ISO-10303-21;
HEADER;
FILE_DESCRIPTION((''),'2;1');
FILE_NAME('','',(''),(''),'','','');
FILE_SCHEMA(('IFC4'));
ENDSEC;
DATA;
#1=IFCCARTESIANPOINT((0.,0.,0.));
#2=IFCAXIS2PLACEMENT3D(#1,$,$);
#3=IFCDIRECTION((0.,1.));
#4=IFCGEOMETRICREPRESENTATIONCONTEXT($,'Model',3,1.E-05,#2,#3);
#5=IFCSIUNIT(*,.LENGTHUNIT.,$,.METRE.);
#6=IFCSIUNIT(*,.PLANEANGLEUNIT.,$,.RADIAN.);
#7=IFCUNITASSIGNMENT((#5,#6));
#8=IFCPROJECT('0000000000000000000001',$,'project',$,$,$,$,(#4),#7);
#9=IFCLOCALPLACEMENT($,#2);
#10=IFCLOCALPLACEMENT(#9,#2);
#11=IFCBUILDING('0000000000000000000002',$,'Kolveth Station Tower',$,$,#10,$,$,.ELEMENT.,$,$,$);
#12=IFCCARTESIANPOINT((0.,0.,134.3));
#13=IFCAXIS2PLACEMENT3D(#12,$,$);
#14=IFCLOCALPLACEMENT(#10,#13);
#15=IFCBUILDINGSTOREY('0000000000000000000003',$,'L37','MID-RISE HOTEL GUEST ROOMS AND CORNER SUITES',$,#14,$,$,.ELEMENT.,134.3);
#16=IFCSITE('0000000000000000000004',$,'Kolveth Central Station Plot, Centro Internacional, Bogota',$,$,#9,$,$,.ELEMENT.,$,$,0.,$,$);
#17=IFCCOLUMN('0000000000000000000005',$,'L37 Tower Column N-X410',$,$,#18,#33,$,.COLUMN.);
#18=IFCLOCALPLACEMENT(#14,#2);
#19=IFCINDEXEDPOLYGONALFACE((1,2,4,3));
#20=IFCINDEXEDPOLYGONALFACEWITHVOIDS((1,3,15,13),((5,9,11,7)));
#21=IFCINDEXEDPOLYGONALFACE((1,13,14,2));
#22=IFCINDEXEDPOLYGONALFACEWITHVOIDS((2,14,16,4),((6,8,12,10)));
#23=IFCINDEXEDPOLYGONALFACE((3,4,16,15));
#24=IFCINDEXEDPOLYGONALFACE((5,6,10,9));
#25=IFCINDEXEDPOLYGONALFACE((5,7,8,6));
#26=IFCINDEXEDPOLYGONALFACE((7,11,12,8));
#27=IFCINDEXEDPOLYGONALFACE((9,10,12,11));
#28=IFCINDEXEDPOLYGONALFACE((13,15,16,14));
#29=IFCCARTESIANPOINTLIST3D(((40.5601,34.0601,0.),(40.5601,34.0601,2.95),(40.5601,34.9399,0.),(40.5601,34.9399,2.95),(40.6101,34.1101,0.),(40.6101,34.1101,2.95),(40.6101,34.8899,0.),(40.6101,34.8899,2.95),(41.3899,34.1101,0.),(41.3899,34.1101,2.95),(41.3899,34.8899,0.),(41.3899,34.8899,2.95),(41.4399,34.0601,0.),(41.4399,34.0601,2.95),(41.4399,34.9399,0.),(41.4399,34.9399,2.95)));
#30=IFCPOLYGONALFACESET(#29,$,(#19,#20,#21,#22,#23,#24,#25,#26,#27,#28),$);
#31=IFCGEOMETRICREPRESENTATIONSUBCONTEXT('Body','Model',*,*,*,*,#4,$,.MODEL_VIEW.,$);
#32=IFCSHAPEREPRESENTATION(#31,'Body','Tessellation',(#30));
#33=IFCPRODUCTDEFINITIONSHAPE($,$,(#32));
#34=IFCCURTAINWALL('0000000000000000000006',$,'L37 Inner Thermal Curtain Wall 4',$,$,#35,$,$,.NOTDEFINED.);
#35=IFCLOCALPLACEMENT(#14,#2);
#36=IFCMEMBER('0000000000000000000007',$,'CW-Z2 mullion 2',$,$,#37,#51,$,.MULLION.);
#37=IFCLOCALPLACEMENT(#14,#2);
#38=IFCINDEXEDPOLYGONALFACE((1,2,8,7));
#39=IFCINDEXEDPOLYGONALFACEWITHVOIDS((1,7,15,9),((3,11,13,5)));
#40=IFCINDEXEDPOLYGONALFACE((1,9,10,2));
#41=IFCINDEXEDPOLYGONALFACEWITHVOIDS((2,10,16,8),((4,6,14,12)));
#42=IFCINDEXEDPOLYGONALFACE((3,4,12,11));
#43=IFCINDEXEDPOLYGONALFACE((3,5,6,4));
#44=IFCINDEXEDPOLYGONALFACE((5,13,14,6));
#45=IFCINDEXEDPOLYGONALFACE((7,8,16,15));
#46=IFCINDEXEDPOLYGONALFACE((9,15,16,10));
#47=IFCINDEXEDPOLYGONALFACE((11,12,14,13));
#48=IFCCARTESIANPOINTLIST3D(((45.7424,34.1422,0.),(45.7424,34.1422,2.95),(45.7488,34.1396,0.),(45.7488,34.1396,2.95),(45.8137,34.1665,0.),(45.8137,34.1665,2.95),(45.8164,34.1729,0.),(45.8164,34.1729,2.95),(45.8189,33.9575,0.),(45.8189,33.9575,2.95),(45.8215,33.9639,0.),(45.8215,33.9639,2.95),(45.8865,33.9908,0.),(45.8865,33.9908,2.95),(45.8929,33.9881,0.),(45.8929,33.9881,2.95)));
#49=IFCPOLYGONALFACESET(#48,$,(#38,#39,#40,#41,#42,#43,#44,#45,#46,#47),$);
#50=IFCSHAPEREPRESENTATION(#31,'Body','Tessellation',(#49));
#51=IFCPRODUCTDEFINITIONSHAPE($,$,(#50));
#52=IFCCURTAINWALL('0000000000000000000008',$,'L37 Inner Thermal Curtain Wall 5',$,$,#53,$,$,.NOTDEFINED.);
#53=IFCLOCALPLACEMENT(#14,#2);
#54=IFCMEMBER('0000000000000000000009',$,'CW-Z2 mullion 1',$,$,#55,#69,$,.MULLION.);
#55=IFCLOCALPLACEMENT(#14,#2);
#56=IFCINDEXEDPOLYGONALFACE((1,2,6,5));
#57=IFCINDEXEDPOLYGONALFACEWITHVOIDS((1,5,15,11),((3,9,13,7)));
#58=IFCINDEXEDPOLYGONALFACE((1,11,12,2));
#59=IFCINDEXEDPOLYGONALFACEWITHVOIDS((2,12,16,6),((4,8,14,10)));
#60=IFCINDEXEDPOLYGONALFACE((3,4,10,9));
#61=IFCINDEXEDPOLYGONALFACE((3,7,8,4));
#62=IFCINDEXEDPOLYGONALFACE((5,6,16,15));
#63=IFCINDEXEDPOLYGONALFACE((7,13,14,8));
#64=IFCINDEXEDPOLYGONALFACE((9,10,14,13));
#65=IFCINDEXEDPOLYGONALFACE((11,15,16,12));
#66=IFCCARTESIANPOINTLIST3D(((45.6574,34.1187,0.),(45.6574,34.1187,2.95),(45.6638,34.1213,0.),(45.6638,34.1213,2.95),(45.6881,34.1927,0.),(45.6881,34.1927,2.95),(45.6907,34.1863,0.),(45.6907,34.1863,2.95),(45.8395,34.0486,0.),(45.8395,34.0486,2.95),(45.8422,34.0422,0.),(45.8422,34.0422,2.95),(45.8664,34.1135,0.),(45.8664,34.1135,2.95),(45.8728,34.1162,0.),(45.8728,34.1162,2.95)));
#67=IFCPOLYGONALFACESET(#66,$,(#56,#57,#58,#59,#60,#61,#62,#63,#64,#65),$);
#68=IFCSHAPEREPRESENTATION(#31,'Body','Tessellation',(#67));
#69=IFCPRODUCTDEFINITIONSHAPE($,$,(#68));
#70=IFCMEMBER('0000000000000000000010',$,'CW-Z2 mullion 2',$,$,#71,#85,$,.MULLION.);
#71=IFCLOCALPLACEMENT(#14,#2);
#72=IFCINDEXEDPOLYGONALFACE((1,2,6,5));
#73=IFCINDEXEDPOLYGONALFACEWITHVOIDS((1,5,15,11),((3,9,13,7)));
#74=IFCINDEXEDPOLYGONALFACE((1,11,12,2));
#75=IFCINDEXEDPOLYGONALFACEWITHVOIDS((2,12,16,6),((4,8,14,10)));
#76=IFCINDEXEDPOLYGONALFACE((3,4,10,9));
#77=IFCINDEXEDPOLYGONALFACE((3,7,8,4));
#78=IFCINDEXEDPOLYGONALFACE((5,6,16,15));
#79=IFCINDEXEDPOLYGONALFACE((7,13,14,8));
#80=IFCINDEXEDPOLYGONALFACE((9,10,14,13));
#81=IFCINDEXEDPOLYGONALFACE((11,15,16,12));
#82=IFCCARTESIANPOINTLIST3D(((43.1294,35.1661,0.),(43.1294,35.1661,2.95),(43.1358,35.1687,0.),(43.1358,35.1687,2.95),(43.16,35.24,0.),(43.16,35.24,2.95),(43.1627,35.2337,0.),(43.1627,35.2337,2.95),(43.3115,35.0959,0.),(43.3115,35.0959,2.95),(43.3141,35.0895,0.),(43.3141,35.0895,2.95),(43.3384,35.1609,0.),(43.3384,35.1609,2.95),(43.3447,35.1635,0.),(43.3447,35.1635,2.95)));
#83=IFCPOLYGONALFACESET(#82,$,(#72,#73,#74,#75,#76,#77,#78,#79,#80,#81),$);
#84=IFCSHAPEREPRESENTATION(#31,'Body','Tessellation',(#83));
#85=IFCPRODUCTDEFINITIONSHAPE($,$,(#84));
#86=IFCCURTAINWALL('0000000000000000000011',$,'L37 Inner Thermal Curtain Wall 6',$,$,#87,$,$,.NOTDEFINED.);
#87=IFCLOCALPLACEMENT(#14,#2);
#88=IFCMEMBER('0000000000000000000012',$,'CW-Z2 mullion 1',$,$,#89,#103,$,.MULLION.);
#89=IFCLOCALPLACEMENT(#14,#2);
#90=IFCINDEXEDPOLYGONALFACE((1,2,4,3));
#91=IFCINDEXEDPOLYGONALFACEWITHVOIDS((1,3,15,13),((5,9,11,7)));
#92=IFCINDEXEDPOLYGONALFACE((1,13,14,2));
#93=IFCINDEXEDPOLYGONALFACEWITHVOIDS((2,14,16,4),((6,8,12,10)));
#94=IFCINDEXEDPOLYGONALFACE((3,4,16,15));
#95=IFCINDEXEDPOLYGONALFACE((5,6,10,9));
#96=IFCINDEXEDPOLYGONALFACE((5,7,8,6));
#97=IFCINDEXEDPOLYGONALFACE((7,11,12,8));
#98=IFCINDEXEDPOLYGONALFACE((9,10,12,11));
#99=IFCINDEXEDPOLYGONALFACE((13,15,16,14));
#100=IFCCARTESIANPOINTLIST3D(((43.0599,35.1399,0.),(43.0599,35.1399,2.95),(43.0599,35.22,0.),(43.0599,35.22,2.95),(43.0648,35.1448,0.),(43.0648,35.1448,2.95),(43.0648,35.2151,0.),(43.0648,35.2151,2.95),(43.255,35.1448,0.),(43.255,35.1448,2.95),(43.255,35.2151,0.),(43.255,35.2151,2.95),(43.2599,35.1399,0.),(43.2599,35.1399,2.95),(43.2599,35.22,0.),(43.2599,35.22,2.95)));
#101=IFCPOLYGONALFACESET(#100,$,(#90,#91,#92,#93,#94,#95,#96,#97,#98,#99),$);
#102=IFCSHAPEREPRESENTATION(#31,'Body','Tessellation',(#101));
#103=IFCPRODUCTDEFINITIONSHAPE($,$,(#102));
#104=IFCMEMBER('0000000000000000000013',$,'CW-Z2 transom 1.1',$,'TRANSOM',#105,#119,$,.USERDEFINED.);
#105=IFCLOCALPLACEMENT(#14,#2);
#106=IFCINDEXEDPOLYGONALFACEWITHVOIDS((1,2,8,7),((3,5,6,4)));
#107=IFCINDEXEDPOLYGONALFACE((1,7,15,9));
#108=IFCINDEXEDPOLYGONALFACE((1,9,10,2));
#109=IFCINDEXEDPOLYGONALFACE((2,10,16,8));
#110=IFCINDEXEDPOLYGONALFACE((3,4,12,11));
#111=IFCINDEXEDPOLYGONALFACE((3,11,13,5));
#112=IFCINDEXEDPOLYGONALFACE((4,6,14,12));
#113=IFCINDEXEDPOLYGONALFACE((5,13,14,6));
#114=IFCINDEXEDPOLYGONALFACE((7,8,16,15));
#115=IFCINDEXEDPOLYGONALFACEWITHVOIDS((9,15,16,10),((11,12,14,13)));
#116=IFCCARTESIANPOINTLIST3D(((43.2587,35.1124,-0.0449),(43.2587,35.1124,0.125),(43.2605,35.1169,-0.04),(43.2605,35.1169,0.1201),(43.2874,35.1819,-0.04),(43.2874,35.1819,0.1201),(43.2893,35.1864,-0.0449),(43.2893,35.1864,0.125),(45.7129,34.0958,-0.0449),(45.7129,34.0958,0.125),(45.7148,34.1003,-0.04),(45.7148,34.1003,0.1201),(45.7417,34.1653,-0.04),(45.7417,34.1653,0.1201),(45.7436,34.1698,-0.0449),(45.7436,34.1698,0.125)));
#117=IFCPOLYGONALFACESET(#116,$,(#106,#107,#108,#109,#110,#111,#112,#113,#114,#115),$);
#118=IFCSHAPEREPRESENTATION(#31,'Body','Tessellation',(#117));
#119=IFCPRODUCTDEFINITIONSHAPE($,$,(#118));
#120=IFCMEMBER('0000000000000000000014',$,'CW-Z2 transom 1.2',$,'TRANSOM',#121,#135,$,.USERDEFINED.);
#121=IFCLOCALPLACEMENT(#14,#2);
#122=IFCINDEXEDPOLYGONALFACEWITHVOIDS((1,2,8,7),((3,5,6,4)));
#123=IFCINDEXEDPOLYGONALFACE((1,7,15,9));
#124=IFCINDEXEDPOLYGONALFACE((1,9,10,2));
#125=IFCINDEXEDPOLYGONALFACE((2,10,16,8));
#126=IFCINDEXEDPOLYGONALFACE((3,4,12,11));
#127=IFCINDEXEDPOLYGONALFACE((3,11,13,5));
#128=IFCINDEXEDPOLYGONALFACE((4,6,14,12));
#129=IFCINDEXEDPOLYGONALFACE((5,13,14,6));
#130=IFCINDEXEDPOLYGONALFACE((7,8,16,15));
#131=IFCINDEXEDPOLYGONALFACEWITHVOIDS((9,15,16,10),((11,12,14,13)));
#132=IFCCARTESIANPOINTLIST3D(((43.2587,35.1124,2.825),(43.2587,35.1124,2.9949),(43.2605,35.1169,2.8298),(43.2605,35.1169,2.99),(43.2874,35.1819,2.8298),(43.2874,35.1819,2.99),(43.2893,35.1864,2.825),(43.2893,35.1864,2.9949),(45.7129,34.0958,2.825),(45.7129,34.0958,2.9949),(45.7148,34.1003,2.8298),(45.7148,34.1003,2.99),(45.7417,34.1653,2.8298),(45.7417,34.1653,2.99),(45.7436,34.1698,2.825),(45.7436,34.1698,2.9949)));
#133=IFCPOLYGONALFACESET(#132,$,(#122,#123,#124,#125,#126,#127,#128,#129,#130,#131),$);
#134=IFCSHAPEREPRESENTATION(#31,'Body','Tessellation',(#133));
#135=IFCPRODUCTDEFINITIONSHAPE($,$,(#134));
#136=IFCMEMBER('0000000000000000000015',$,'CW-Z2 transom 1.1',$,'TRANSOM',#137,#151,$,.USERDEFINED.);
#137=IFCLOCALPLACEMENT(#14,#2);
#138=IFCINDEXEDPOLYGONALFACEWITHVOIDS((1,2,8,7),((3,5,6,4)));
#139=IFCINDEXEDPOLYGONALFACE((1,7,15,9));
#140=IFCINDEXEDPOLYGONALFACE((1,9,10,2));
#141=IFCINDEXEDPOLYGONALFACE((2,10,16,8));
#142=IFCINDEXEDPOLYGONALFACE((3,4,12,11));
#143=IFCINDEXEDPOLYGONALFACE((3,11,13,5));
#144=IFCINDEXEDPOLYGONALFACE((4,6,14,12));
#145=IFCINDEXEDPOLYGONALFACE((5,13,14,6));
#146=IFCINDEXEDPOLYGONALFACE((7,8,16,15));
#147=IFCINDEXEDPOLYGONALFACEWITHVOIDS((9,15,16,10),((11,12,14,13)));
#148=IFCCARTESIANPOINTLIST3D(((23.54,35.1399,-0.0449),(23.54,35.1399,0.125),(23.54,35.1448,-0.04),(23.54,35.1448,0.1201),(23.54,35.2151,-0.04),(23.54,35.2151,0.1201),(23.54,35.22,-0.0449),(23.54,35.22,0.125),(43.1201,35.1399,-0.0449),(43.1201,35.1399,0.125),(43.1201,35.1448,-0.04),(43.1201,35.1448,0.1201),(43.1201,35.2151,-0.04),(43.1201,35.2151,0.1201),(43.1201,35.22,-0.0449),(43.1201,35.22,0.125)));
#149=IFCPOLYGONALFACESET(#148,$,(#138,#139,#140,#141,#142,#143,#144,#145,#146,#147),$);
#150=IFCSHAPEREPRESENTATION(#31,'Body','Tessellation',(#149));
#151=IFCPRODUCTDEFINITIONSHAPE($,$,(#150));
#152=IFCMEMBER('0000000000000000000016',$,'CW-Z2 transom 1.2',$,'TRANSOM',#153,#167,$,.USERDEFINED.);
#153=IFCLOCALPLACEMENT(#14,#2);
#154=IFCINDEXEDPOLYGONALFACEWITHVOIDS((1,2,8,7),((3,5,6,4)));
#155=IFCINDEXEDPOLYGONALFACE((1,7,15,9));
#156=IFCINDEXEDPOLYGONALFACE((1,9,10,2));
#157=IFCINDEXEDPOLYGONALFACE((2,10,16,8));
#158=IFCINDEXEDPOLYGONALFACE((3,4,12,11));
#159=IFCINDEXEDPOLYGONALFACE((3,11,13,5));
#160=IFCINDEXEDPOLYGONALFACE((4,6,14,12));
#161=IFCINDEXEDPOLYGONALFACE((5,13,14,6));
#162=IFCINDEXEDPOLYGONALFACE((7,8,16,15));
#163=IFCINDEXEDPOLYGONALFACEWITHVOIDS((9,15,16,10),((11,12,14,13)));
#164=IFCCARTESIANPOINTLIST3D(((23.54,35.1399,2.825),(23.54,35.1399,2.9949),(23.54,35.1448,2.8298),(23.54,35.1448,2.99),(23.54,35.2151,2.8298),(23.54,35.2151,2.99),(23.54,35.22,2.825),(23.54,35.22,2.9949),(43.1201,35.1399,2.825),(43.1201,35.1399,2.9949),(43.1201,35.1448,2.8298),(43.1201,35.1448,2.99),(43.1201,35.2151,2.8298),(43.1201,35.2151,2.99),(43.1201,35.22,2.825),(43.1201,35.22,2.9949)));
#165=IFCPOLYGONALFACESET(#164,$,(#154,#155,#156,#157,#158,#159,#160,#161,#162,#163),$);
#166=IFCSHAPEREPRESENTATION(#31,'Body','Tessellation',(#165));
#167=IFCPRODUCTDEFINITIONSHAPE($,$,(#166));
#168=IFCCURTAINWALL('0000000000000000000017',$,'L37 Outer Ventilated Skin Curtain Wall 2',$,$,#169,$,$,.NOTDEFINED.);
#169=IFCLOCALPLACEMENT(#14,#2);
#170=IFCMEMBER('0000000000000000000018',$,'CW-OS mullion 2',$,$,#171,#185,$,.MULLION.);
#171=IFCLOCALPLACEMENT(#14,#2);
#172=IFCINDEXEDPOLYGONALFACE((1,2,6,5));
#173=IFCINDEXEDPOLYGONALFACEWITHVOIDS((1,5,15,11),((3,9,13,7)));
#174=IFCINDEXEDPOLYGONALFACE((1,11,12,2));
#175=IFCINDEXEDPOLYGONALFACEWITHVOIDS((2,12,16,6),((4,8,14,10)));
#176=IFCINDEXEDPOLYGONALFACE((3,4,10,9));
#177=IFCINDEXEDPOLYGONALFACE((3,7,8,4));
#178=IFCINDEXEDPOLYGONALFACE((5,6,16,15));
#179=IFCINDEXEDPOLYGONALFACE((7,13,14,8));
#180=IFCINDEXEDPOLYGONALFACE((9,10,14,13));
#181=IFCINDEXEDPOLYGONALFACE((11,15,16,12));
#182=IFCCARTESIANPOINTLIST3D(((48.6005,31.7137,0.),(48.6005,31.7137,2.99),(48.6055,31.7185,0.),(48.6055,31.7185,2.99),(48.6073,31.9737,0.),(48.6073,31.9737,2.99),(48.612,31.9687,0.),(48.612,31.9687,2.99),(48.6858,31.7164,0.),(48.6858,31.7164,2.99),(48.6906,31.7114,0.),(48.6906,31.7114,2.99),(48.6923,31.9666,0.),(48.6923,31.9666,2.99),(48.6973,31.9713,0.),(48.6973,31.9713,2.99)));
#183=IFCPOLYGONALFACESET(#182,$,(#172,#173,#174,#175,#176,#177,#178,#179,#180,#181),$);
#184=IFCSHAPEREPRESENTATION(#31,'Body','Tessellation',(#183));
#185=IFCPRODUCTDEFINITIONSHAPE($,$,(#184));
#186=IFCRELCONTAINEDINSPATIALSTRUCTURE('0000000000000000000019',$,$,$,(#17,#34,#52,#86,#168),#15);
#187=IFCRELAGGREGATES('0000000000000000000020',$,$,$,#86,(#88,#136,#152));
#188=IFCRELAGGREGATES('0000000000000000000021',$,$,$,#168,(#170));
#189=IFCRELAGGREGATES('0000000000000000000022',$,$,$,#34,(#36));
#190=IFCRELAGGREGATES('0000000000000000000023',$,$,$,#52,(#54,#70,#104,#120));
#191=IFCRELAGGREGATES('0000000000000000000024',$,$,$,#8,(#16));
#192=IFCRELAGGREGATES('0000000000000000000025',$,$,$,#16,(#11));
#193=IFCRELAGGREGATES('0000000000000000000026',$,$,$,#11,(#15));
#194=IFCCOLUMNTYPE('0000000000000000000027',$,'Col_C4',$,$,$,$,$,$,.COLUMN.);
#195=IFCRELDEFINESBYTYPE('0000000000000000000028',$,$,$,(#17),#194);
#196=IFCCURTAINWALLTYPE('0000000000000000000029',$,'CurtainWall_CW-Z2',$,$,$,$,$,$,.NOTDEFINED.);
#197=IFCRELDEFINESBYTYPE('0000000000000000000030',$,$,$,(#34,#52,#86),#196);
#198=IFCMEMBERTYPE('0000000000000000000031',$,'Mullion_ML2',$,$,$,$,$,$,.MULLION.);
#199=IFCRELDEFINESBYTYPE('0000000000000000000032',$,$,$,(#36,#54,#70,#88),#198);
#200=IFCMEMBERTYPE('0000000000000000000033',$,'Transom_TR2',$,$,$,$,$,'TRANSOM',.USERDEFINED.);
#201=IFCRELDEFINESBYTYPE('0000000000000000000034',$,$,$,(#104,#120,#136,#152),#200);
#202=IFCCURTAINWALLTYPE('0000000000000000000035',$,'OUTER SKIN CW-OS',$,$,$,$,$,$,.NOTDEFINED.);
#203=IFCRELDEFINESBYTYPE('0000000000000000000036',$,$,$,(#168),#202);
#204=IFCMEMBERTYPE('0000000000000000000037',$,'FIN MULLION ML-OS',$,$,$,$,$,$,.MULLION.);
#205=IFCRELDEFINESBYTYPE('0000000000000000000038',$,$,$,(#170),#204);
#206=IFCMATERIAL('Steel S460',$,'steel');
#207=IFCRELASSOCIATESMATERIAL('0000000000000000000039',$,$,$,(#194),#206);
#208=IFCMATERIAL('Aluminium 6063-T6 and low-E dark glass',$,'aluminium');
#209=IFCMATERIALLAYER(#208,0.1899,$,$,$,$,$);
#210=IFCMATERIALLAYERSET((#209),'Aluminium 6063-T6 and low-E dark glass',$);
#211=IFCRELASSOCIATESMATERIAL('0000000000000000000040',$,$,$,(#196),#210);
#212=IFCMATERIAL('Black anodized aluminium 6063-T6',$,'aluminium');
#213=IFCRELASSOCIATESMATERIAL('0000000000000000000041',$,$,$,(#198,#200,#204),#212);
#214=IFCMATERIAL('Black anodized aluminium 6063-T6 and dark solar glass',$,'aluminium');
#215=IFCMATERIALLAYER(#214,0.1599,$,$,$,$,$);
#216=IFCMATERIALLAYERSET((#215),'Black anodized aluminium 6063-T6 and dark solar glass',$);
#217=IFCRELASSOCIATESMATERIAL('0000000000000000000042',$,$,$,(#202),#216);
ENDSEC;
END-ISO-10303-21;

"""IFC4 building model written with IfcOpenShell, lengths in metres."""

from ifc_helpers import new_model, si_unit, direction, frame, origin, origin_2d, place, context, subcontext, project, spatial, hollow_rectangle, extrude, source, transform, mapped, material, layer, layer_set, material_profile, profile_set, type_object, element, aggregate, save


model = new_model("IFC4")

# Units and contexts
model_context = context("Model", 3, precision=1e-05, world=origin(), true_north=direction((0.0, 1.0)))
body_context = subcontext(model_context, "Body", "Model", "MODEL_VIEW")
ifc_project = project(units=[si_unit("LENGTHUNIT", "METRE"), si_unit("PLANEANGLEUNIT", "RADIAN")], contexts=[model_context])

# Site, building, storey
site_placement = place(None, origin())
site = spatial("IfcSite", under=ifc_project, at=site_placement, Name="Kolveth Central Station Plot, Centro Internacional, Bogota", CompositionType="ELEMENT", RefElevation=0.0)
building_placement = place(site_placement, origin())
building = spatial("IfcBuilding", under=site, at=building_placement, Name="Kolveth Station Tower", CompositionType="ELEMENT")
storey_placement = place(building_placement, frame((0.0, 0.0, 134.3)))
storey = spatial("IfcBuildingStorey", under=building, at=storey_placement, Name="L37", Description="MID-RISE HOTEL GUEST ROOMS AND CORNER SUITES", CompositionType="ELEMENT", Elevation=134.3)

# Column
ifc_material_1 = material(Name="Steel S460", Category="steel")
ifc_material_profile_1 = material_profile(ifc_material_1, hollow_rectangle(XDim=0.8799, YDim=0.8799, WallThickness=0.05, at=origin_2d()), Name="BOX880x880x50")
ifc_profile_set_1 = profile_set([ifc_material_profile_1], Name="Steel S460")
column_type = type_object("IfcColumnType", Name="Col_C4", PredefinedType="COLUMN", material=ifc_profile_set_1)
shared_shape_1 = source(origin(), body_context, "Body", "SweptSolid", [
    extrude(hollow_rectangle(XDim=0.8799, YDim=0.8799, WallThickness=0.05, at=origin_2d()), origin(), (0.0, 0.0, 1.0), 2.95),
])
column_placement = place(storey_placement, frame((41.0, 34.5, 0.0), z_axis=(0.0, 0.0, 1.0), x_axis=(1.0, 0.0, 0.0)))
element("IfcColumn", 1, at=column_placement, inside=storey, type_object=column_type, Name="L37 Tower Column N-X410", PredefinedType="COLUMN", context=body_context, shape_type="MappedRepresentation", body=[
    mapped(shared_shape_1, transform((0.0, 0.0, 0.0), x_axis=(1.0, 0.0, 0.0), y_axis=(0.0, 1.0, 0.0), z_axis=(0.0, 0.0, 1.0), scale=1.0)),
])

# Curtain wall, member
ifc_material_2 = material(Name="Aluminium 6063-T6 and low-E dark glass", Category="aluminium")
ifc_layer_1 = layer(ifc_material_2, 0.1899)
ifc_layer_set_1 = layer_set([ifc_layer_1], Name="Aluminium 6063-T6 and low-E dark glass")
curtain_wall_type_1 = type_object("IfcCurtainWallType", Name="CurtainWall_CW-Z2", PredefinedType="NOTDEFINED", material=ifc_layer_set_1)
curtain_wall_1_placement = place(storey_placement, origin())
curtain_wall_1 = element("IfcCurtainWall", 2, at=curtain_wall_1_placement, inside=storey, type_object=curtain_wall_type_1, Name="L37 Inner Thermal Curtain Wall 4", PredefinedType="NOTDEFINED")
ifc_material_3 = material(Name="Black anodized aluminium 6063-T6", Category="aluminium")
ifc_material_profile_2 = material_profile(ifc_material_3, hollow_rectangle(XDim=0.0801, YDim=0.2, WallThickness=0.0049, at=origin_2d()), Name="ALU-80x200x5")
ifc_profile_set_2 = profile_set([ifc_material_profile_2], Name="Black anodized aluminium 6063-T6")
member_type_1 = type_object("IfcMemberType", Name="Mullion_ML2", PredefinedType="MULLION", material=ifc_profile_set_2)
shared_shape_2 = source(origin(), body_context, "Body", "SweptSolid", [
    extrude(hollow_rectangle(XDim=0.0801, YDim=0.2, WallThickness=0.0049, at=origin_2d()), origin(), (0.0, 0.0, 1.0), 2.95),
])
member_1_placement = place(storey_placement, frame((45.8176, 34.0652, 0.0), z_axis=(0.0, 0.0, 1.0), x_axis=(-0.923888, -0.382663, 0.0)))
member_1 = element("IfcMember", 3, at=member_1_placement, type_object=member_type_1, Name="CW-Z2 mullion 2", PredefinedType="MULLION", context=body_context, shape_type="MappedRepresentation", body=[
    mapped(shared_shape_2, transform((0.0, 0.0, 0.0), x_axis=(1.0, 0.0, 0.0), y_axis=(0.0, 1.0, 0.0), z_axis=(0.0, 0.0, 1.0), scale=1.0)),
])

# Curtain wall, members
curtain_wall_2_placement = place(storey_placement, origin())
curtain_wall_2 = element("IfcCurtainWall", 4, at=curtain_wall_2_placement, inside=storey, type_object=curtain_wall_type_1, Name="L37 Inner Thermal Curtain Wall 5", PredefinedType="NOTDEFINED")
member_2_placement = place(storey_placement, frame((45.7651, 34.1174, 0.0), z_axis=(0.0, 0.0, 1.0), x_axis=(-0.382663, -0.923888, 0.0)))
member_2 = element("IfcMember", 5, at=member_2_placement, type_object=member_type_1, Name="CW-Z2 mullion 1", PredefinedType="MULLION", context=body_context, shape_type="MappedRepresentation", body=[
    mapped(shared_shape_2, transform((0.0, 0.0, 0.0), x_axis=(1.0, 0.0, 0.0), y_axis=(0.0, 1.0, 0.0), z_axis=(0.0, 0.0, 1.0), scale=1.0)),
])
member_3_placement = place(storey_placement, frame((43.2371, 35.1648, 0.0), z_axis=(0.0, 0.0, 1.0), x_axis=(-0.382663, -0.923888, 0.0)))
member_3 = element("IfcMember", 6, at=member_3_placement, type_object=member_type_1, Name="CW-Z2 mullion 2", PredefinedType="MULLION", context=body_context, shape_type="MappedRepresentation", body=[
    mapped(shared_shape_2, transform((0.0, 0.0, 0.0), x_axis=(1.0, 0.0, 0.0), y_axis=(0.0, 1.0, 0.0), z_axis=(0.0, 0.0, 1.0), scale=1.0)),
])

# Curtain wall, member
curtain_wall_3_placement = place(storey_placement, origin())
curtain_wall_3 = element("IfcCurtainWall", 7, at=curtain_wall_3_placement, inside=storey, type_object=curtain_wall_type_1, Name="L37 Inner Thermal Curtain Wall 6", PredefinedType="NOTDEFINED")
member_4_placement = place(storey_placement, frame((43.1599, 35.1799, 0.0), z_axis=(0.0, 0.0, 1.0), x_axis=(0.0, -1.0, 0.0)))
member_4 = element("IfcMember", 8, at=member_4_placement, type_object=member_type_1, Name="CW-Z2 mullion 1", PredefinedType="MULLION", context=body_context, shape_type="MappedRepresentation", body=[
    mapped(shared_shape_2, transform((0.0, 0.0, 0.0), x_axis=(1.0, 0.0, 0.0), y_axis=(0.0, 1.0, 0.0), z_axis=(0.0, 0.0, 1.0), scale=1.0)),
])

# Members
ifc_material_profile_3 = material_profile(ifc_material_3, hollow_rectangle(XDim=0.0801, YDim=0.1699, WallThickness=0.0049, at=origin_2d()), Name="ALU-80x170x5")
ifc_profile_set_3 = profile_set([ifc_material_profile_3], Name="Black anodized aluminium 6063-T6")
member_type_2 = type_object("IfcMemberType", Name="Transom_TR2", ElementType="TRANSOM", PredefinedType="USERDEFINED", material=ifc_profile_set_3)
shared_shape_3 = source(origin(), body_context, "Body", "SweptSolid", [
    extrude(hollow_rectangle(XDim=0.0801, YDim=0.1699, WallThickness=0.0049, at=origin_2d()), origin(), (0.0, 0.0, 1.0), 2.6565),
])
member_5_placement = place(storey_placement, frame((45.7283, 34.1328, 0.04), z_axis=(-0.923882, 0.382676, 0.0), x_axis=(-0.382676, -0.923882, 0.0)))
member_5 = element("IfcMember", 9, at=member_5_placement, type_object=member_type_2, Name="CW-Z2 transom 1.1", ObjectType="TRANSOM", PredefinedType="USERDEFINED", context=body_context, shape_type="MappedRepresentation", body=[
    mapped(shared_shape_3, transform((0.0, 0.0, 0.0), x_axis=(1.0, 0.0, 0.0), y_axis=(0.0, 1.0, 0.0), z_axis=(0.0, 0.0, 1.0), scale=1.0)),
])
member_6_placement = place(storey_placement, frame((45.7283, 34.1328, 2.9099), z_axis=(-0.923882, 0.382676, 0.0), x_axis=(-0.382676, -0.923882, 0.0)))
member_6 = element("IfcMember", 10, at=member_6_placement, type_object=member_type_2, Name="CW-Z2 transom 1.2", ObjectType="TRANSOM", PredefinedType="USERDEFINED", context=body_context, shape_type="MappedRepresentation", body=[
    mapped(shared_shape_3, transform((0.0, 0.0, 0.0), x_axis=(1.0, 0.0, 0.0), y_axis=(0.0, 1.0, 0.0), z_axis=(0.0, 0.0, 1.0), scale=1.0)),
])
shared_shape_4 = source(origin(), body_context, "Body", "SweptSolid", [
    extrude(hollow_rectangle(XDim=0.0801, YDim=0.1699, WallThickness=0.0049, at=origin_2d()), origin(), (0.0, 0.0, 1.0), 19.5801),
])
member_7_placement = place(storey_placement, frame((43.1201, 35.1799, 0.04), z_axis=(-1.0, 0.0, 0.0), x_axis=(0.0, -1.0, 0.0)))
member_7 = element("IfcMember", 11, at=member_7_placement, type_object=member_type_2, Name="CW-Z2 transom 1.1", ObjectType="TRANSOM", PredefinedType="USERDEFINED", context=body_context, shape_type="MappedRepresentation", body=[
    mapped(shared_shape_4, transform((0.0, 0.0, 0.0), x_axis=(1.0, 0.0, 0.0), y_axis=(0.0, 1.0, 0.0), z_axis=(0.0, 0.0, 1.0), scale=1.0)),
])
member_8_placement = place(storey_placement, frame((43.1201, 35.1799, 2.9099), z_axis=(-1.0, 0.0, 0.0), x_axis=(0.0, -1.0, 0.0)))
member_8 = element("IfcMember", 12, at=member_8_placement, type_object=member_type_2, Name="CW-Z2 transom 1.2", ObjectType="TRANSOM", PredefinedType="USERDEFINED", context=body_context, shape_type="MappedRepresentation", body=[
    mapped(shared_shape_4, transform((0.0, 0.0, 0.0), x_axis=(1.0, 0.0, 0.0), y_axis=(0.0, 1.0, 0.0), z_axis=(0.0, 0.0, 1.0), scale=1.0)),
])
aggregate(curtain_wall_3, [member_4, member_7, member_8])

# Curtain wall, member
ifc_material_4 = material(Name="Black anodized aluminium 6063-T6 and dark solar glass", Category="aluminium")
ifc_layer_2 = layer(ifc_material_4, 0.1599)
ifc_layer_set_2 = layer_set([ifc_layer_2], Name="Black anodized aluminium 6063-T6 and dark solar glass")
curtain_wall_type_2 = type_object("IfcCurtainWallType", Name="OUTER SKIN CW-OS", PredefinedType="NOTDEFINED", material=ifc_layer_set_2)
curtain_wall_4_placement = place(storey_placement, origin())
curtain_wall_4 = element("IfcCurtainWall", 13, at=curtain_wall_4_placement, inside=storey, type_object=curtain_wall_type_2, Name="L37 Outer Ventilated Skin Curtain Wall 2", PredefinedType="NOTDEFINED")
ifc_material_profile_4 = material_profile(ifc_material_3, hollow_rectangle(XDim=0.0901, YDim=0.26, WallThickness=0.0049, at=origin_2d()), Name="ALU-90x260x5")
ifc_profile_set_4 = profile_set([ifc_material_profile_4], Name="Black anodized aluminium 6063-T6")
member_type_3 = type_object("IfcMemberType", Name="FIN MULLION ML-OS", PredefinedType="MULLION", material=ifc_profile_set_4)
shared_shape_5 = source(origin(), body_context, "Body", "SweptSolid", [
    extrude(hollow_rectangle(XDim=0.0901, YDim=0.26, WallThickness=0.0049, at=origin_2d()), origin(), (0.0, 0.0, 1.0), 2.99),
])
member_9_placement = place(storey_placement, frame((48.6489, 31.8425, 0.0), z_axis=(0.0, 0.0, 1.0), x_axis=(-0.999659, 0.026118, 0.0)))
member_9 = element("IfcMember", 14, at=member_9_placement, type_object=member_type_3, Name="CW-OS mullion 2", PredefinedType="MULLION", context=body_context, shape_type="MappedRepresentation", body=[
    mapped(shared_shape_5, transform((0.0, 0.0, 0.0), x_axis=(1.0, 0.0, 0.0), y_axis=(0.0, 1.0, 0.0), z_axis=(0.0, 0.0, 1.0), scale=1.0)),
])
aggregate(curtain_wall_4, [member_9])

aggregate(curtain_wall_1, [member_1])
aggregate(curtain_wall_2, [member_2, member_3, member_5, member_6])

save(model, "model.ifc")
